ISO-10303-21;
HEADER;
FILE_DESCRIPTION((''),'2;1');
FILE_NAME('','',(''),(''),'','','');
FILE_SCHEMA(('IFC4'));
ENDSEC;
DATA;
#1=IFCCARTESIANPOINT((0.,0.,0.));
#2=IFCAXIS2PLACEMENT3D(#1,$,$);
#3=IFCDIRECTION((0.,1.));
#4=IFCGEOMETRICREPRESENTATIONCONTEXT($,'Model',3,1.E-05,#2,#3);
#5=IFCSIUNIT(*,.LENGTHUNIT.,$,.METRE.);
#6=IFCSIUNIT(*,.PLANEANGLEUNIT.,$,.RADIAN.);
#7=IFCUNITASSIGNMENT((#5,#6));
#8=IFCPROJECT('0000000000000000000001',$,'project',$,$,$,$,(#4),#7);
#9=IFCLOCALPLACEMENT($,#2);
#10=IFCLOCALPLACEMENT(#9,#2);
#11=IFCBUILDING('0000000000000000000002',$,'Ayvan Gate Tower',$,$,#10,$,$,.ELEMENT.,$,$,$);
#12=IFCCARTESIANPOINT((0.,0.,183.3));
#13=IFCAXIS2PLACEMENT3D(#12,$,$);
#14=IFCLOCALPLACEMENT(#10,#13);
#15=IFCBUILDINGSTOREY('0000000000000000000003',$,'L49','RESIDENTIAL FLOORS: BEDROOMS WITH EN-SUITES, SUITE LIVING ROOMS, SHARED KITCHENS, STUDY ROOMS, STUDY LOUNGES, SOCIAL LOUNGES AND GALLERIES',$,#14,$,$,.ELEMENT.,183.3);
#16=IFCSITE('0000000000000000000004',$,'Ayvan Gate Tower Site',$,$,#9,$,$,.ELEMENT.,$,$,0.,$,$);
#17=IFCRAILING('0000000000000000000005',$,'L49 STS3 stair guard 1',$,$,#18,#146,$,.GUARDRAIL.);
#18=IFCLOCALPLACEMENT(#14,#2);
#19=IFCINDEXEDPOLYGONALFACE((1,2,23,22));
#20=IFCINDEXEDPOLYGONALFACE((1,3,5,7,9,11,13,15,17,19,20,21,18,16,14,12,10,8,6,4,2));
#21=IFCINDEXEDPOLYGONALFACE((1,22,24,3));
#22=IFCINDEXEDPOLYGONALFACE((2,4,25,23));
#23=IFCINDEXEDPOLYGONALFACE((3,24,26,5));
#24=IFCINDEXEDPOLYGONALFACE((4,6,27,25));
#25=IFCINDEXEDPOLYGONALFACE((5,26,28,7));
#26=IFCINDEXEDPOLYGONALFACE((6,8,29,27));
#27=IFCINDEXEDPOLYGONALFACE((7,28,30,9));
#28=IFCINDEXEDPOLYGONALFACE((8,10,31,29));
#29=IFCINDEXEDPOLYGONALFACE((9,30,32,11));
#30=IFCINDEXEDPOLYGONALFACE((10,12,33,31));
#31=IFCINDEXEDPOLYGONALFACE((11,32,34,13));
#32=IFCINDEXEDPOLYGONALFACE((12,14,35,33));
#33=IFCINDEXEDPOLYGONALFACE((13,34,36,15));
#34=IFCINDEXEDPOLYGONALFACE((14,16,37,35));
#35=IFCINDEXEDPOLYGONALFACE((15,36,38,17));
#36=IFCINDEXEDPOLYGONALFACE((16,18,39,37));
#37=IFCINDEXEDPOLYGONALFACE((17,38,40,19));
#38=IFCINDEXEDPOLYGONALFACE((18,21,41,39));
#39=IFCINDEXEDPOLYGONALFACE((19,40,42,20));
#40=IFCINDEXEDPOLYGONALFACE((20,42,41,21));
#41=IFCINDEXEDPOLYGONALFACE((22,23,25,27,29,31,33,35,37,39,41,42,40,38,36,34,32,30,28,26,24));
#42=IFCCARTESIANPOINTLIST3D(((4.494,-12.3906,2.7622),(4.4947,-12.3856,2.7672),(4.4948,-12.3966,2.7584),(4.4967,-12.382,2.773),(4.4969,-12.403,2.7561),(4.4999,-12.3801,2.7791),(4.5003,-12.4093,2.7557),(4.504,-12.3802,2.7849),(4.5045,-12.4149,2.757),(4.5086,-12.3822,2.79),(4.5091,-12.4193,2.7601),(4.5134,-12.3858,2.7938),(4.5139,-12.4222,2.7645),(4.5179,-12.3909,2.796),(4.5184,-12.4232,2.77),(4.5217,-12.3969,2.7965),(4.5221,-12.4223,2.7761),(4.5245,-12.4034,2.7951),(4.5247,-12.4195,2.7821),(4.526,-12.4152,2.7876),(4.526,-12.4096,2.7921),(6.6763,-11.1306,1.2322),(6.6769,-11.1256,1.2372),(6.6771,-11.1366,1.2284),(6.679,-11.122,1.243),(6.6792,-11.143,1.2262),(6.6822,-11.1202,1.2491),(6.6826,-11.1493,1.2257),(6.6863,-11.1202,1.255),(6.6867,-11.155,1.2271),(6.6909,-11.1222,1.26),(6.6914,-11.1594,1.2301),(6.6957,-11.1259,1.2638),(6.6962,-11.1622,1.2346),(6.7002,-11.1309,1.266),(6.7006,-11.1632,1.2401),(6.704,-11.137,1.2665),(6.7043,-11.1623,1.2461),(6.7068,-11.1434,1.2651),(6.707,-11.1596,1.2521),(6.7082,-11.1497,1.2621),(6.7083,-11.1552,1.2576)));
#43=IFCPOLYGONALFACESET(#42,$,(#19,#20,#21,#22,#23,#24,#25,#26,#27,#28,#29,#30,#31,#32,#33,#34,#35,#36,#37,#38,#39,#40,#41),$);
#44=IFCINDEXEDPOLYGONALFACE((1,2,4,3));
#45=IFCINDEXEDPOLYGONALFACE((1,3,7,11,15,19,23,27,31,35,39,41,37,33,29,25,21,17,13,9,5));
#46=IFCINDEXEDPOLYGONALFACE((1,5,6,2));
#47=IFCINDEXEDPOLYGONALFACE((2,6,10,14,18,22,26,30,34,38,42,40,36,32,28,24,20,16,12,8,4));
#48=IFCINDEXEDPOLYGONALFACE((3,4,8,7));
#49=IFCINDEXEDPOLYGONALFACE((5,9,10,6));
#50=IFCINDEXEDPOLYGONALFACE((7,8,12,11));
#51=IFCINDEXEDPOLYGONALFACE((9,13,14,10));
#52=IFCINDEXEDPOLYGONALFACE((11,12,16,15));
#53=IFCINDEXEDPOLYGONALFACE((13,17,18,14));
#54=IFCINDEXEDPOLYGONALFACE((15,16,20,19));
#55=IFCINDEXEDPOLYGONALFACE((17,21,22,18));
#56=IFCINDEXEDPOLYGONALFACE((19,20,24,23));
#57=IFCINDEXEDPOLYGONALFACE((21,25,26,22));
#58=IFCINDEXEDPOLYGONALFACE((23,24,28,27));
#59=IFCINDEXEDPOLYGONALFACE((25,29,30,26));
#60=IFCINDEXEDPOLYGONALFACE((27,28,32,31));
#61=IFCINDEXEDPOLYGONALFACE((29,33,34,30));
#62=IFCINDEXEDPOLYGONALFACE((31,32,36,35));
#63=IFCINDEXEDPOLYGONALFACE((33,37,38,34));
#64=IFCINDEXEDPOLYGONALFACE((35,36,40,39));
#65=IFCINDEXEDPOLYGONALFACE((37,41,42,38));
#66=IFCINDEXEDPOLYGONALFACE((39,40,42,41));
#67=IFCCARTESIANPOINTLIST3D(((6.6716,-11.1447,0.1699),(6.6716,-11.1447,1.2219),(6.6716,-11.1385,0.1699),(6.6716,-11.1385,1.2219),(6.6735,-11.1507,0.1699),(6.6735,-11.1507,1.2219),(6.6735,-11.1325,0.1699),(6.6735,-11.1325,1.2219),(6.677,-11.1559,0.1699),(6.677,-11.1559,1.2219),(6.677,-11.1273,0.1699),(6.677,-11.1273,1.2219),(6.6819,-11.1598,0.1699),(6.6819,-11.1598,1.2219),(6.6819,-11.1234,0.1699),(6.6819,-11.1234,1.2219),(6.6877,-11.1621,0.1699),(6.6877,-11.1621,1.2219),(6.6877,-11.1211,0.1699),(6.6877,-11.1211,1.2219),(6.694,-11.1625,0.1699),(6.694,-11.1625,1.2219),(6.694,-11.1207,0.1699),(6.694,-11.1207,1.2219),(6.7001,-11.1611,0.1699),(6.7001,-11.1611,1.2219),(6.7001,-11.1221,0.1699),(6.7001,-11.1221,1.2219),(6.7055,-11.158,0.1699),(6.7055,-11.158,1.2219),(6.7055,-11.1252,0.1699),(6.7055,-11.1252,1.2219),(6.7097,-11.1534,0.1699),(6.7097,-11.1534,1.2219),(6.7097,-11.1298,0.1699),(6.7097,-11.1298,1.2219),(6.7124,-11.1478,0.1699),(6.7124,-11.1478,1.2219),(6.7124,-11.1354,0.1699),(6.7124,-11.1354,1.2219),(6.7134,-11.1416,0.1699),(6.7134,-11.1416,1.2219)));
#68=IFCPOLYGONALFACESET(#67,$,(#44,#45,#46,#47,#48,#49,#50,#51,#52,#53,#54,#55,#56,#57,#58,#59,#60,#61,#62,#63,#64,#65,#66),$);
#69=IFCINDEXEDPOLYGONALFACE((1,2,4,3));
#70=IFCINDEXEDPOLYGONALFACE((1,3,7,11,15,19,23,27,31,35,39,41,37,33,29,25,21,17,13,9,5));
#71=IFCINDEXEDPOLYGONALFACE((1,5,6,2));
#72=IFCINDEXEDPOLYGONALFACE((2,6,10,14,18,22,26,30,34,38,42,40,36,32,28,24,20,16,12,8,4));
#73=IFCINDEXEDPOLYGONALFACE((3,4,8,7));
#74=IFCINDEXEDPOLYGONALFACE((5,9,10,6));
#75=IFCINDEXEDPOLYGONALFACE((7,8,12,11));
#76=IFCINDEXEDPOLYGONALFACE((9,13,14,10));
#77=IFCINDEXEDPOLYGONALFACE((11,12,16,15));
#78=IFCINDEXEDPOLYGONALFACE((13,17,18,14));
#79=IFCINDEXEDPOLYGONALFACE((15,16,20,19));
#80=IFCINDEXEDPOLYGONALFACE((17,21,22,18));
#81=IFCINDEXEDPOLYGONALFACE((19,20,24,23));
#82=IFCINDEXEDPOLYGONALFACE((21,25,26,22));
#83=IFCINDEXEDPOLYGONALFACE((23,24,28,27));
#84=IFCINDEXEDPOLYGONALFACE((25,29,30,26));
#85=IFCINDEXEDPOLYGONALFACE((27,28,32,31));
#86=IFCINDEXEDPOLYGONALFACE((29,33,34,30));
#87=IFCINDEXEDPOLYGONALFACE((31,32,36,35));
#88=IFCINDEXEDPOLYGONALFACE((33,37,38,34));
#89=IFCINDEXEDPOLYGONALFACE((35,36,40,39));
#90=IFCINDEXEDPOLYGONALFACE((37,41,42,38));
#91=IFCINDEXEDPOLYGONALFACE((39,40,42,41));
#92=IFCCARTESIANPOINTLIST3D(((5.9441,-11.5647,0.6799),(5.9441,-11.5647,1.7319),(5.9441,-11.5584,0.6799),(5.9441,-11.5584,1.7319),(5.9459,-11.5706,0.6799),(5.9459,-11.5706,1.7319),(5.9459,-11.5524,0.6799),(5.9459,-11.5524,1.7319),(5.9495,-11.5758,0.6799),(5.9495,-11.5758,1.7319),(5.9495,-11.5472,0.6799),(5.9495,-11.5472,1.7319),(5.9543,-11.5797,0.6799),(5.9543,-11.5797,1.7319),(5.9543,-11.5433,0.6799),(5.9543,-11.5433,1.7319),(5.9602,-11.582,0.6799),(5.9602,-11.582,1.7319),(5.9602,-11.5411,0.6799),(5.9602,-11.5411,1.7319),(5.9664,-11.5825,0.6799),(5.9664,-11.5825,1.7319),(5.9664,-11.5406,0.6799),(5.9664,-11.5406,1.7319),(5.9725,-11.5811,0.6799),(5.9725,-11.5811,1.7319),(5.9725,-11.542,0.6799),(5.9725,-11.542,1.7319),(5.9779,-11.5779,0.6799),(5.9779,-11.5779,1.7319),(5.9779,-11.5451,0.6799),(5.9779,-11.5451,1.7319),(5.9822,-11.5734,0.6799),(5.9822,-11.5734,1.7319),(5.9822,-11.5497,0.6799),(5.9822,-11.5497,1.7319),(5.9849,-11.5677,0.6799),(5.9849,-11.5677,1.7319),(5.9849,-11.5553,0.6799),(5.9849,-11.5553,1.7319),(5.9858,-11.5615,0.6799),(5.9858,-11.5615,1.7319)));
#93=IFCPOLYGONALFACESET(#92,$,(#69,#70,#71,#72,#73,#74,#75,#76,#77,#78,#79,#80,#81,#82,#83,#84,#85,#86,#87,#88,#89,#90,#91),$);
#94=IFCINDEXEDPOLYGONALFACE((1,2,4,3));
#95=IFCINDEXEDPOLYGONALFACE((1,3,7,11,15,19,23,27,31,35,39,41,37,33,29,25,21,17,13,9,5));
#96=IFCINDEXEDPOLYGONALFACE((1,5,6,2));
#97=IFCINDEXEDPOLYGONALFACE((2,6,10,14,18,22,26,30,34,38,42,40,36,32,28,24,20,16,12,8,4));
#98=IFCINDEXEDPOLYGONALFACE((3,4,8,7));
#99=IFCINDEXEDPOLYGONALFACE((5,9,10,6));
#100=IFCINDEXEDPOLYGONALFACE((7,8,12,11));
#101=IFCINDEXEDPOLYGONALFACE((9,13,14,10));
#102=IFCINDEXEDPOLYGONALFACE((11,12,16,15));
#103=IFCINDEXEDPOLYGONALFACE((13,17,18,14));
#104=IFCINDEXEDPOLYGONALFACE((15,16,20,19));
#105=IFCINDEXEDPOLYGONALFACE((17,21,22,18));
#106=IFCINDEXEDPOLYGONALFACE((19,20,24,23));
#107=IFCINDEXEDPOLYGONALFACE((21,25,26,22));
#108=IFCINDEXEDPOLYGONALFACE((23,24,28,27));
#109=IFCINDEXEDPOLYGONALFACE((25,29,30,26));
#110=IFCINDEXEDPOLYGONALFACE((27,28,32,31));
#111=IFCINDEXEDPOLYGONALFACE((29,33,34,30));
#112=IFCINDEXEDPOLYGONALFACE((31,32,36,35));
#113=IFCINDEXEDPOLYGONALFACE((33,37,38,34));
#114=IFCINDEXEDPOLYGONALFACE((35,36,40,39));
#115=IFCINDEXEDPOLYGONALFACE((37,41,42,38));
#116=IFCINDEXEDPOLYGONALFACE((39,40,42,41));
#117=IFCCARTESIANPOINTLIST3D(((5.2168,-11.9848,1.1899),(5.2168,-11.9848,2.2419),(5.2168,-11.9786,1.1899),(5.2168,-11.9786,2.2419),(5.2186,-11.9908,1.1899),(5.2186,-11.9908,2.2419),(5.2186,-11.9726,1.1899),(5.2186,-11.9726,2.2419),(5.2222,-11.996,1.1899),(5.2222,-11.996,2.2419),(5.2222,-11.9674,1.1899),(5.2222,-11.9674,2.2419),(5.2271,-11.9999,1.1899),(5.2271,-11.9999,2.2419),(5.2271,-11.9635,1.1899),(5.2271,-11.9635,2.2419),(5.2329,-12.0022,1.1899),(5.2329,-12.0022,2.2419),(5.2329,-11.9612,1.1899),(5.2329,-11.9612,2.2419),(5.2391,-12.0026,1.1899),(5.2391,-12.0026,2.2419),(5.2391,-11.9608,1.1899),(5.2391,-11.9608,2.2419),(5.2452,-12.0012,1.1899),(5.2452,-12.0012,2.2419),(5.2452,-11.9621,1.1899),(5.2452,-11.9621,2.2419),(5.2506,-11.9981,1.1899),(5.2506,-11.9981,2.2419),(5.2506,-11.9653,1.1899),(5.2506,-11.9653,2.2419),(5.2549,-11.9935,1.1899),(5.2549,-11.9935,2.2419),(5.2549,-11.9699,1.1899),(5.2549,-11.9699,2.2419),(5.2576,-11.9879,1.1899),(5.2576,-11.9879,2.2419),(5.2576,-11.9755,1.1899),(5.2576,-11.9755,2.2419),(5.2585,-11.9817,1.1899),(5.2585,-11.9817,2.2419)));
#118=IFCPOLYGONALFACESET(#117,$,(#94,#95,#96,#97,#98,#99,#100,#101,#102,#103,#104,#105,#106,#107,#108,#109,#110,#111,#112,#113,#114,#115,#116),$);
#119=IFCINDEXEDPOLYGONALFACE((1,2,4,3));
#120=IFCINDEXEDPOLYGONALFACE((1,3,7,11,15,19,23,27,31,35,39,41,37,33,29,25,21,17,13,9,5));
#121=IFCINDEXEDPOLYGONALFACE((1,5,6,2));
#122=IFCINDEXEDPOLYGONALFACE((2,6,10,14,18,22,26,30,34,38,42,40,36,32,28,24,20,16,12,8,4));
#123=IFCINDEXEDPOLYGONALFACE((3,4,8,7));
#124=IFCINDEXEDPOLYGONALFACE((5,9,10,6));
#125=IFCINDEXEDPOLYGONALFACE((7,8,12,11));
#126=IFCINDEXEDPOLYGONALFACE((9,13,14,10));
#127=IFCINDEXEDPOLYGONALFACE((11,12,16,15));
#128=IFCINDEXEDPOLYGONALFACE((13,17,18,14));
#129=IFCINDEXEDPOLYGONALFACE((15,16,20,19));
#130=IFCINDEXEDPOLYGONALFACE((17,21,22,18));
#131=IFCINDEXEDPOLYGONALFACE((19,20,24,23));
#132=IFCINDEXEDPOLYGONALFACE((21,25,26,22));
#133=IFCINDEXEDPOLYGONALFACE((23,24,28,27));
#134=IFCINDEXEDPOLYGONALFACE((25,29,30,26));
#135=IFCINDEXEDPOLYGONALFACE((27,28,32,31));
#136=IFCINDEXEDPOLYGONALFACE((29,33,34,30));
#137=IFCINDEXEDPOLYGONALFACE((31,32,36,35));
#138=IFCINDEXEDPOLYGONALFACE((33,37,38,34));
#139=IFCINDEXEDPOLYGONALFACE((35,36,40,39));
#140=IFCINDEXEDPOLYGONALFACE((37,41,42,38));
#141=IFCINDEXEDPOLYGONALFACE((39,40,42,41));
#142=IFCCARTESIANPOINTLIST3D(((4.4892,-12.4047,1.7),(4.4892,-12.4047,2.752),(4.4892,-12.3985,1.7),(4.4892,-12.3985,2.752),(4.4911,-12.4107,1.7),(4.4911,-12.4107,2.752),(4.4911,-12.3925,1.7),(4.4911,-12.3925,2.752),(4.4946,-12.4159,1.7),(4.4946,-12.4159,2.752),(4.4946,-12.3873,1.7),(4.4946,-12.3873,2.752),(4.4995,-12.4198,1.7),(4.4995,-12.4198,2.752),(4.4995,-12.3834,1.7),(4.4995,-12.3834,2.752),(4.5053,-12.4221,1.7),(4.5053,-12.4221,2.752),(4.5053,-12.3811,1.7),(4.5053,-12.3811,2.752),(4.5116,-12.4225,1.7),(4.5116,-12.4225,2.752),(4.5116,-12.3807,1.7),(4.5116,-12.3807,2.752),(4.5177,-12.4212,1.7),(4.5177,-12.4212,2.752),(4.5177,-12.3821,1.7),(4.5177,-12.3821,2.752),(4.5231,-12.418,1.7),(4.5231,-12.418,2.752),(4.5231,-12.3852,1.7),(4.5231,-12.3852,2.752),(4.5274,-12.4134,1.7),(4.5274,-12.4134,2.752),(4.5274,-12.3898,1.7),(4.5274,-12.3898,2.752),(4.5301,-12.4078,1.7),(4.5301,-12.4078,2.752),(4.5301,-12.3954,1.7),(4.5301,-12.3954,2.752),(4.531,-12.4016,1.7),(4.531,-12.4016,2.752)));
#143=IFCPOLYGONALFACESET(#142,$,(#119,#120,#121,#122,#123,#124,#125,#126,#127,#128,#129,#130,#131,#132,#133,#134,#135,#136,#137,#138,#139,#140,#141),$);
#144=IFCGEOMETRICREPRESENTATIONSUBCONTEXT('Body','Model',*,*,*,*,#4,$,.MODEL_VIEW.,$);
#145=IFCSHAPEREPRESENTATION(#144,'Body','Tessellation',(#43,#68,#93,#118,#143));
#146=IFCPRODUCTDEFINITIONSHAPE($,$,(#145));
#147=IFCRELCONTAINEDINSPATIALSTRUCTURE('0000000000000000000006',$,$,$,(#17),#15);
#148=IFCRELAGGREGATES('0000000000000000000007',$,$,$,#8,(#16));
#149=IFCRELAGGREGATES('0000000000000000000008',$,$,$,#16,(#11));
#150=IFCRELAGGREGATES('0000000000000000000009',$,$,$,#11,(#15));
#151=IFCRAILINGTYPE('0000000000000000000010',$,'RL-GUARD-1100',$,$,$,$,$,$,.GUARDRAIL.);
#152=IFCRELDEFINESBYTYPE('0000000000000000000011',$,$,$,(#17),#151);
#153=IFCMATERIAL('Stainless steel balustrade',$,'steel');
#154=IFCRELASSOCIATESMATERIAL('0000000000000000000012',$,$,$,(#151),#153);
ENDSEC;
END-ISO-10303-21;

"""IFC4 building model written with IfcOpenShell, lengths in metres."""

from ifc_helpers import new_model, si_unit, direction, frame, origin, origin_2d, place, context, subcontext, project, spatial, circle, extrude, material, type_object, element, save


model = new_model("IFC4")

# Units and contexts
model_context = context("Model", 3, precision=1e-05, world=origin(), true_north=direction((0.0, 1.0)))
body_context = subcontext(model_context, "Body", "Model", "MODEL_VIEW")
ifc_project = project(units=[si_unit("LENGTHUNIT", "METRE"), si_unit("PLANEANGLEUNIT", "RADIAN")], contexts=[model_context])

# Site, building, storey
site_placement = place(None, origin())
site = spatial("IfcSite", under=ifc_project, at=site_placement, Name="Ayvan Gate Tower Site", CompositionType="ELEMENT", RefElevation=0.0)
building_placement = place(site_placement, origin())
building = spatial("IfcBuilding", under=site, at=building_placement, Name="Ayvan Gate Tower", CompositionType="ELEMENT")
storey_placement = place(building_placement, frame((0.0, 0.0, 183.3)))
storey = spatial("IfcBuildingStorey", under=building, at=storey_placement, Name="L49", Description="RESIDENTIAL FLOORS: BEDROOMS WITH EN-SUITES, SUITE LIVING ROOMS, SHARED KITCHENS, STUDY ROOMS, STUDY LOUNGES, SOCIAL LOUNGES AND GALLERIES", CompositionType="ELEMENT", Elevation=183.3)

# Railing
ifc_material_1 = material(Name="Stainless steel balustrade", Category="steel")
railing_type_1 = type_object("IfcRailingType", Name="RL-GUARD-1100", PredefinedType="GUARDRAIL", material=ifc_material_1)
railing_1_placement = place(storey_placement, frame((6.6924, -11.1416, 0.1699)))
element("IfcRailing", 1, at=railing_1_placement, inside=storey, type_object=railing_type_1, Name="L49 STS3 stair guard 1", PredefinedType="GUARDRAIL", context=body_context, shape_type="SweptSolid", body=[
    extrude(circle(Radius=0.0239, at=origin_2d()), frame((0.0, 0.0, 1.0762), z_axis=(-0.740261, -0.427395, 0.518986), x_axis=(0.500005, -0.866023, 0.0)), (0.0, 0.0, 1.0), 2.948),
    extrude(circle(Radius=0.021, at=origin_2d()), origin(), (0.0, 0.0, 1.0), 1.052),
    extrude(circle(Radius=0.021, at=origin_2d()), frame((-0.7275, -0.4199, 0.51)), (0.0, 0.0, 1.0), 1.052),
    extrude(circle(Radius=0.021, at=origin_2d()), frame((-1.4548, -0.8401, 1.02)), (0.0, 0.0, 1.0), 1.052),
    extrude(circle(Radius=0.021, at=origin_2d()), frame((-2.1824, -1.26, 1.53)), (0.0, 0.0, 1.0), 1.052),
])

save(model, "model.ifc")
